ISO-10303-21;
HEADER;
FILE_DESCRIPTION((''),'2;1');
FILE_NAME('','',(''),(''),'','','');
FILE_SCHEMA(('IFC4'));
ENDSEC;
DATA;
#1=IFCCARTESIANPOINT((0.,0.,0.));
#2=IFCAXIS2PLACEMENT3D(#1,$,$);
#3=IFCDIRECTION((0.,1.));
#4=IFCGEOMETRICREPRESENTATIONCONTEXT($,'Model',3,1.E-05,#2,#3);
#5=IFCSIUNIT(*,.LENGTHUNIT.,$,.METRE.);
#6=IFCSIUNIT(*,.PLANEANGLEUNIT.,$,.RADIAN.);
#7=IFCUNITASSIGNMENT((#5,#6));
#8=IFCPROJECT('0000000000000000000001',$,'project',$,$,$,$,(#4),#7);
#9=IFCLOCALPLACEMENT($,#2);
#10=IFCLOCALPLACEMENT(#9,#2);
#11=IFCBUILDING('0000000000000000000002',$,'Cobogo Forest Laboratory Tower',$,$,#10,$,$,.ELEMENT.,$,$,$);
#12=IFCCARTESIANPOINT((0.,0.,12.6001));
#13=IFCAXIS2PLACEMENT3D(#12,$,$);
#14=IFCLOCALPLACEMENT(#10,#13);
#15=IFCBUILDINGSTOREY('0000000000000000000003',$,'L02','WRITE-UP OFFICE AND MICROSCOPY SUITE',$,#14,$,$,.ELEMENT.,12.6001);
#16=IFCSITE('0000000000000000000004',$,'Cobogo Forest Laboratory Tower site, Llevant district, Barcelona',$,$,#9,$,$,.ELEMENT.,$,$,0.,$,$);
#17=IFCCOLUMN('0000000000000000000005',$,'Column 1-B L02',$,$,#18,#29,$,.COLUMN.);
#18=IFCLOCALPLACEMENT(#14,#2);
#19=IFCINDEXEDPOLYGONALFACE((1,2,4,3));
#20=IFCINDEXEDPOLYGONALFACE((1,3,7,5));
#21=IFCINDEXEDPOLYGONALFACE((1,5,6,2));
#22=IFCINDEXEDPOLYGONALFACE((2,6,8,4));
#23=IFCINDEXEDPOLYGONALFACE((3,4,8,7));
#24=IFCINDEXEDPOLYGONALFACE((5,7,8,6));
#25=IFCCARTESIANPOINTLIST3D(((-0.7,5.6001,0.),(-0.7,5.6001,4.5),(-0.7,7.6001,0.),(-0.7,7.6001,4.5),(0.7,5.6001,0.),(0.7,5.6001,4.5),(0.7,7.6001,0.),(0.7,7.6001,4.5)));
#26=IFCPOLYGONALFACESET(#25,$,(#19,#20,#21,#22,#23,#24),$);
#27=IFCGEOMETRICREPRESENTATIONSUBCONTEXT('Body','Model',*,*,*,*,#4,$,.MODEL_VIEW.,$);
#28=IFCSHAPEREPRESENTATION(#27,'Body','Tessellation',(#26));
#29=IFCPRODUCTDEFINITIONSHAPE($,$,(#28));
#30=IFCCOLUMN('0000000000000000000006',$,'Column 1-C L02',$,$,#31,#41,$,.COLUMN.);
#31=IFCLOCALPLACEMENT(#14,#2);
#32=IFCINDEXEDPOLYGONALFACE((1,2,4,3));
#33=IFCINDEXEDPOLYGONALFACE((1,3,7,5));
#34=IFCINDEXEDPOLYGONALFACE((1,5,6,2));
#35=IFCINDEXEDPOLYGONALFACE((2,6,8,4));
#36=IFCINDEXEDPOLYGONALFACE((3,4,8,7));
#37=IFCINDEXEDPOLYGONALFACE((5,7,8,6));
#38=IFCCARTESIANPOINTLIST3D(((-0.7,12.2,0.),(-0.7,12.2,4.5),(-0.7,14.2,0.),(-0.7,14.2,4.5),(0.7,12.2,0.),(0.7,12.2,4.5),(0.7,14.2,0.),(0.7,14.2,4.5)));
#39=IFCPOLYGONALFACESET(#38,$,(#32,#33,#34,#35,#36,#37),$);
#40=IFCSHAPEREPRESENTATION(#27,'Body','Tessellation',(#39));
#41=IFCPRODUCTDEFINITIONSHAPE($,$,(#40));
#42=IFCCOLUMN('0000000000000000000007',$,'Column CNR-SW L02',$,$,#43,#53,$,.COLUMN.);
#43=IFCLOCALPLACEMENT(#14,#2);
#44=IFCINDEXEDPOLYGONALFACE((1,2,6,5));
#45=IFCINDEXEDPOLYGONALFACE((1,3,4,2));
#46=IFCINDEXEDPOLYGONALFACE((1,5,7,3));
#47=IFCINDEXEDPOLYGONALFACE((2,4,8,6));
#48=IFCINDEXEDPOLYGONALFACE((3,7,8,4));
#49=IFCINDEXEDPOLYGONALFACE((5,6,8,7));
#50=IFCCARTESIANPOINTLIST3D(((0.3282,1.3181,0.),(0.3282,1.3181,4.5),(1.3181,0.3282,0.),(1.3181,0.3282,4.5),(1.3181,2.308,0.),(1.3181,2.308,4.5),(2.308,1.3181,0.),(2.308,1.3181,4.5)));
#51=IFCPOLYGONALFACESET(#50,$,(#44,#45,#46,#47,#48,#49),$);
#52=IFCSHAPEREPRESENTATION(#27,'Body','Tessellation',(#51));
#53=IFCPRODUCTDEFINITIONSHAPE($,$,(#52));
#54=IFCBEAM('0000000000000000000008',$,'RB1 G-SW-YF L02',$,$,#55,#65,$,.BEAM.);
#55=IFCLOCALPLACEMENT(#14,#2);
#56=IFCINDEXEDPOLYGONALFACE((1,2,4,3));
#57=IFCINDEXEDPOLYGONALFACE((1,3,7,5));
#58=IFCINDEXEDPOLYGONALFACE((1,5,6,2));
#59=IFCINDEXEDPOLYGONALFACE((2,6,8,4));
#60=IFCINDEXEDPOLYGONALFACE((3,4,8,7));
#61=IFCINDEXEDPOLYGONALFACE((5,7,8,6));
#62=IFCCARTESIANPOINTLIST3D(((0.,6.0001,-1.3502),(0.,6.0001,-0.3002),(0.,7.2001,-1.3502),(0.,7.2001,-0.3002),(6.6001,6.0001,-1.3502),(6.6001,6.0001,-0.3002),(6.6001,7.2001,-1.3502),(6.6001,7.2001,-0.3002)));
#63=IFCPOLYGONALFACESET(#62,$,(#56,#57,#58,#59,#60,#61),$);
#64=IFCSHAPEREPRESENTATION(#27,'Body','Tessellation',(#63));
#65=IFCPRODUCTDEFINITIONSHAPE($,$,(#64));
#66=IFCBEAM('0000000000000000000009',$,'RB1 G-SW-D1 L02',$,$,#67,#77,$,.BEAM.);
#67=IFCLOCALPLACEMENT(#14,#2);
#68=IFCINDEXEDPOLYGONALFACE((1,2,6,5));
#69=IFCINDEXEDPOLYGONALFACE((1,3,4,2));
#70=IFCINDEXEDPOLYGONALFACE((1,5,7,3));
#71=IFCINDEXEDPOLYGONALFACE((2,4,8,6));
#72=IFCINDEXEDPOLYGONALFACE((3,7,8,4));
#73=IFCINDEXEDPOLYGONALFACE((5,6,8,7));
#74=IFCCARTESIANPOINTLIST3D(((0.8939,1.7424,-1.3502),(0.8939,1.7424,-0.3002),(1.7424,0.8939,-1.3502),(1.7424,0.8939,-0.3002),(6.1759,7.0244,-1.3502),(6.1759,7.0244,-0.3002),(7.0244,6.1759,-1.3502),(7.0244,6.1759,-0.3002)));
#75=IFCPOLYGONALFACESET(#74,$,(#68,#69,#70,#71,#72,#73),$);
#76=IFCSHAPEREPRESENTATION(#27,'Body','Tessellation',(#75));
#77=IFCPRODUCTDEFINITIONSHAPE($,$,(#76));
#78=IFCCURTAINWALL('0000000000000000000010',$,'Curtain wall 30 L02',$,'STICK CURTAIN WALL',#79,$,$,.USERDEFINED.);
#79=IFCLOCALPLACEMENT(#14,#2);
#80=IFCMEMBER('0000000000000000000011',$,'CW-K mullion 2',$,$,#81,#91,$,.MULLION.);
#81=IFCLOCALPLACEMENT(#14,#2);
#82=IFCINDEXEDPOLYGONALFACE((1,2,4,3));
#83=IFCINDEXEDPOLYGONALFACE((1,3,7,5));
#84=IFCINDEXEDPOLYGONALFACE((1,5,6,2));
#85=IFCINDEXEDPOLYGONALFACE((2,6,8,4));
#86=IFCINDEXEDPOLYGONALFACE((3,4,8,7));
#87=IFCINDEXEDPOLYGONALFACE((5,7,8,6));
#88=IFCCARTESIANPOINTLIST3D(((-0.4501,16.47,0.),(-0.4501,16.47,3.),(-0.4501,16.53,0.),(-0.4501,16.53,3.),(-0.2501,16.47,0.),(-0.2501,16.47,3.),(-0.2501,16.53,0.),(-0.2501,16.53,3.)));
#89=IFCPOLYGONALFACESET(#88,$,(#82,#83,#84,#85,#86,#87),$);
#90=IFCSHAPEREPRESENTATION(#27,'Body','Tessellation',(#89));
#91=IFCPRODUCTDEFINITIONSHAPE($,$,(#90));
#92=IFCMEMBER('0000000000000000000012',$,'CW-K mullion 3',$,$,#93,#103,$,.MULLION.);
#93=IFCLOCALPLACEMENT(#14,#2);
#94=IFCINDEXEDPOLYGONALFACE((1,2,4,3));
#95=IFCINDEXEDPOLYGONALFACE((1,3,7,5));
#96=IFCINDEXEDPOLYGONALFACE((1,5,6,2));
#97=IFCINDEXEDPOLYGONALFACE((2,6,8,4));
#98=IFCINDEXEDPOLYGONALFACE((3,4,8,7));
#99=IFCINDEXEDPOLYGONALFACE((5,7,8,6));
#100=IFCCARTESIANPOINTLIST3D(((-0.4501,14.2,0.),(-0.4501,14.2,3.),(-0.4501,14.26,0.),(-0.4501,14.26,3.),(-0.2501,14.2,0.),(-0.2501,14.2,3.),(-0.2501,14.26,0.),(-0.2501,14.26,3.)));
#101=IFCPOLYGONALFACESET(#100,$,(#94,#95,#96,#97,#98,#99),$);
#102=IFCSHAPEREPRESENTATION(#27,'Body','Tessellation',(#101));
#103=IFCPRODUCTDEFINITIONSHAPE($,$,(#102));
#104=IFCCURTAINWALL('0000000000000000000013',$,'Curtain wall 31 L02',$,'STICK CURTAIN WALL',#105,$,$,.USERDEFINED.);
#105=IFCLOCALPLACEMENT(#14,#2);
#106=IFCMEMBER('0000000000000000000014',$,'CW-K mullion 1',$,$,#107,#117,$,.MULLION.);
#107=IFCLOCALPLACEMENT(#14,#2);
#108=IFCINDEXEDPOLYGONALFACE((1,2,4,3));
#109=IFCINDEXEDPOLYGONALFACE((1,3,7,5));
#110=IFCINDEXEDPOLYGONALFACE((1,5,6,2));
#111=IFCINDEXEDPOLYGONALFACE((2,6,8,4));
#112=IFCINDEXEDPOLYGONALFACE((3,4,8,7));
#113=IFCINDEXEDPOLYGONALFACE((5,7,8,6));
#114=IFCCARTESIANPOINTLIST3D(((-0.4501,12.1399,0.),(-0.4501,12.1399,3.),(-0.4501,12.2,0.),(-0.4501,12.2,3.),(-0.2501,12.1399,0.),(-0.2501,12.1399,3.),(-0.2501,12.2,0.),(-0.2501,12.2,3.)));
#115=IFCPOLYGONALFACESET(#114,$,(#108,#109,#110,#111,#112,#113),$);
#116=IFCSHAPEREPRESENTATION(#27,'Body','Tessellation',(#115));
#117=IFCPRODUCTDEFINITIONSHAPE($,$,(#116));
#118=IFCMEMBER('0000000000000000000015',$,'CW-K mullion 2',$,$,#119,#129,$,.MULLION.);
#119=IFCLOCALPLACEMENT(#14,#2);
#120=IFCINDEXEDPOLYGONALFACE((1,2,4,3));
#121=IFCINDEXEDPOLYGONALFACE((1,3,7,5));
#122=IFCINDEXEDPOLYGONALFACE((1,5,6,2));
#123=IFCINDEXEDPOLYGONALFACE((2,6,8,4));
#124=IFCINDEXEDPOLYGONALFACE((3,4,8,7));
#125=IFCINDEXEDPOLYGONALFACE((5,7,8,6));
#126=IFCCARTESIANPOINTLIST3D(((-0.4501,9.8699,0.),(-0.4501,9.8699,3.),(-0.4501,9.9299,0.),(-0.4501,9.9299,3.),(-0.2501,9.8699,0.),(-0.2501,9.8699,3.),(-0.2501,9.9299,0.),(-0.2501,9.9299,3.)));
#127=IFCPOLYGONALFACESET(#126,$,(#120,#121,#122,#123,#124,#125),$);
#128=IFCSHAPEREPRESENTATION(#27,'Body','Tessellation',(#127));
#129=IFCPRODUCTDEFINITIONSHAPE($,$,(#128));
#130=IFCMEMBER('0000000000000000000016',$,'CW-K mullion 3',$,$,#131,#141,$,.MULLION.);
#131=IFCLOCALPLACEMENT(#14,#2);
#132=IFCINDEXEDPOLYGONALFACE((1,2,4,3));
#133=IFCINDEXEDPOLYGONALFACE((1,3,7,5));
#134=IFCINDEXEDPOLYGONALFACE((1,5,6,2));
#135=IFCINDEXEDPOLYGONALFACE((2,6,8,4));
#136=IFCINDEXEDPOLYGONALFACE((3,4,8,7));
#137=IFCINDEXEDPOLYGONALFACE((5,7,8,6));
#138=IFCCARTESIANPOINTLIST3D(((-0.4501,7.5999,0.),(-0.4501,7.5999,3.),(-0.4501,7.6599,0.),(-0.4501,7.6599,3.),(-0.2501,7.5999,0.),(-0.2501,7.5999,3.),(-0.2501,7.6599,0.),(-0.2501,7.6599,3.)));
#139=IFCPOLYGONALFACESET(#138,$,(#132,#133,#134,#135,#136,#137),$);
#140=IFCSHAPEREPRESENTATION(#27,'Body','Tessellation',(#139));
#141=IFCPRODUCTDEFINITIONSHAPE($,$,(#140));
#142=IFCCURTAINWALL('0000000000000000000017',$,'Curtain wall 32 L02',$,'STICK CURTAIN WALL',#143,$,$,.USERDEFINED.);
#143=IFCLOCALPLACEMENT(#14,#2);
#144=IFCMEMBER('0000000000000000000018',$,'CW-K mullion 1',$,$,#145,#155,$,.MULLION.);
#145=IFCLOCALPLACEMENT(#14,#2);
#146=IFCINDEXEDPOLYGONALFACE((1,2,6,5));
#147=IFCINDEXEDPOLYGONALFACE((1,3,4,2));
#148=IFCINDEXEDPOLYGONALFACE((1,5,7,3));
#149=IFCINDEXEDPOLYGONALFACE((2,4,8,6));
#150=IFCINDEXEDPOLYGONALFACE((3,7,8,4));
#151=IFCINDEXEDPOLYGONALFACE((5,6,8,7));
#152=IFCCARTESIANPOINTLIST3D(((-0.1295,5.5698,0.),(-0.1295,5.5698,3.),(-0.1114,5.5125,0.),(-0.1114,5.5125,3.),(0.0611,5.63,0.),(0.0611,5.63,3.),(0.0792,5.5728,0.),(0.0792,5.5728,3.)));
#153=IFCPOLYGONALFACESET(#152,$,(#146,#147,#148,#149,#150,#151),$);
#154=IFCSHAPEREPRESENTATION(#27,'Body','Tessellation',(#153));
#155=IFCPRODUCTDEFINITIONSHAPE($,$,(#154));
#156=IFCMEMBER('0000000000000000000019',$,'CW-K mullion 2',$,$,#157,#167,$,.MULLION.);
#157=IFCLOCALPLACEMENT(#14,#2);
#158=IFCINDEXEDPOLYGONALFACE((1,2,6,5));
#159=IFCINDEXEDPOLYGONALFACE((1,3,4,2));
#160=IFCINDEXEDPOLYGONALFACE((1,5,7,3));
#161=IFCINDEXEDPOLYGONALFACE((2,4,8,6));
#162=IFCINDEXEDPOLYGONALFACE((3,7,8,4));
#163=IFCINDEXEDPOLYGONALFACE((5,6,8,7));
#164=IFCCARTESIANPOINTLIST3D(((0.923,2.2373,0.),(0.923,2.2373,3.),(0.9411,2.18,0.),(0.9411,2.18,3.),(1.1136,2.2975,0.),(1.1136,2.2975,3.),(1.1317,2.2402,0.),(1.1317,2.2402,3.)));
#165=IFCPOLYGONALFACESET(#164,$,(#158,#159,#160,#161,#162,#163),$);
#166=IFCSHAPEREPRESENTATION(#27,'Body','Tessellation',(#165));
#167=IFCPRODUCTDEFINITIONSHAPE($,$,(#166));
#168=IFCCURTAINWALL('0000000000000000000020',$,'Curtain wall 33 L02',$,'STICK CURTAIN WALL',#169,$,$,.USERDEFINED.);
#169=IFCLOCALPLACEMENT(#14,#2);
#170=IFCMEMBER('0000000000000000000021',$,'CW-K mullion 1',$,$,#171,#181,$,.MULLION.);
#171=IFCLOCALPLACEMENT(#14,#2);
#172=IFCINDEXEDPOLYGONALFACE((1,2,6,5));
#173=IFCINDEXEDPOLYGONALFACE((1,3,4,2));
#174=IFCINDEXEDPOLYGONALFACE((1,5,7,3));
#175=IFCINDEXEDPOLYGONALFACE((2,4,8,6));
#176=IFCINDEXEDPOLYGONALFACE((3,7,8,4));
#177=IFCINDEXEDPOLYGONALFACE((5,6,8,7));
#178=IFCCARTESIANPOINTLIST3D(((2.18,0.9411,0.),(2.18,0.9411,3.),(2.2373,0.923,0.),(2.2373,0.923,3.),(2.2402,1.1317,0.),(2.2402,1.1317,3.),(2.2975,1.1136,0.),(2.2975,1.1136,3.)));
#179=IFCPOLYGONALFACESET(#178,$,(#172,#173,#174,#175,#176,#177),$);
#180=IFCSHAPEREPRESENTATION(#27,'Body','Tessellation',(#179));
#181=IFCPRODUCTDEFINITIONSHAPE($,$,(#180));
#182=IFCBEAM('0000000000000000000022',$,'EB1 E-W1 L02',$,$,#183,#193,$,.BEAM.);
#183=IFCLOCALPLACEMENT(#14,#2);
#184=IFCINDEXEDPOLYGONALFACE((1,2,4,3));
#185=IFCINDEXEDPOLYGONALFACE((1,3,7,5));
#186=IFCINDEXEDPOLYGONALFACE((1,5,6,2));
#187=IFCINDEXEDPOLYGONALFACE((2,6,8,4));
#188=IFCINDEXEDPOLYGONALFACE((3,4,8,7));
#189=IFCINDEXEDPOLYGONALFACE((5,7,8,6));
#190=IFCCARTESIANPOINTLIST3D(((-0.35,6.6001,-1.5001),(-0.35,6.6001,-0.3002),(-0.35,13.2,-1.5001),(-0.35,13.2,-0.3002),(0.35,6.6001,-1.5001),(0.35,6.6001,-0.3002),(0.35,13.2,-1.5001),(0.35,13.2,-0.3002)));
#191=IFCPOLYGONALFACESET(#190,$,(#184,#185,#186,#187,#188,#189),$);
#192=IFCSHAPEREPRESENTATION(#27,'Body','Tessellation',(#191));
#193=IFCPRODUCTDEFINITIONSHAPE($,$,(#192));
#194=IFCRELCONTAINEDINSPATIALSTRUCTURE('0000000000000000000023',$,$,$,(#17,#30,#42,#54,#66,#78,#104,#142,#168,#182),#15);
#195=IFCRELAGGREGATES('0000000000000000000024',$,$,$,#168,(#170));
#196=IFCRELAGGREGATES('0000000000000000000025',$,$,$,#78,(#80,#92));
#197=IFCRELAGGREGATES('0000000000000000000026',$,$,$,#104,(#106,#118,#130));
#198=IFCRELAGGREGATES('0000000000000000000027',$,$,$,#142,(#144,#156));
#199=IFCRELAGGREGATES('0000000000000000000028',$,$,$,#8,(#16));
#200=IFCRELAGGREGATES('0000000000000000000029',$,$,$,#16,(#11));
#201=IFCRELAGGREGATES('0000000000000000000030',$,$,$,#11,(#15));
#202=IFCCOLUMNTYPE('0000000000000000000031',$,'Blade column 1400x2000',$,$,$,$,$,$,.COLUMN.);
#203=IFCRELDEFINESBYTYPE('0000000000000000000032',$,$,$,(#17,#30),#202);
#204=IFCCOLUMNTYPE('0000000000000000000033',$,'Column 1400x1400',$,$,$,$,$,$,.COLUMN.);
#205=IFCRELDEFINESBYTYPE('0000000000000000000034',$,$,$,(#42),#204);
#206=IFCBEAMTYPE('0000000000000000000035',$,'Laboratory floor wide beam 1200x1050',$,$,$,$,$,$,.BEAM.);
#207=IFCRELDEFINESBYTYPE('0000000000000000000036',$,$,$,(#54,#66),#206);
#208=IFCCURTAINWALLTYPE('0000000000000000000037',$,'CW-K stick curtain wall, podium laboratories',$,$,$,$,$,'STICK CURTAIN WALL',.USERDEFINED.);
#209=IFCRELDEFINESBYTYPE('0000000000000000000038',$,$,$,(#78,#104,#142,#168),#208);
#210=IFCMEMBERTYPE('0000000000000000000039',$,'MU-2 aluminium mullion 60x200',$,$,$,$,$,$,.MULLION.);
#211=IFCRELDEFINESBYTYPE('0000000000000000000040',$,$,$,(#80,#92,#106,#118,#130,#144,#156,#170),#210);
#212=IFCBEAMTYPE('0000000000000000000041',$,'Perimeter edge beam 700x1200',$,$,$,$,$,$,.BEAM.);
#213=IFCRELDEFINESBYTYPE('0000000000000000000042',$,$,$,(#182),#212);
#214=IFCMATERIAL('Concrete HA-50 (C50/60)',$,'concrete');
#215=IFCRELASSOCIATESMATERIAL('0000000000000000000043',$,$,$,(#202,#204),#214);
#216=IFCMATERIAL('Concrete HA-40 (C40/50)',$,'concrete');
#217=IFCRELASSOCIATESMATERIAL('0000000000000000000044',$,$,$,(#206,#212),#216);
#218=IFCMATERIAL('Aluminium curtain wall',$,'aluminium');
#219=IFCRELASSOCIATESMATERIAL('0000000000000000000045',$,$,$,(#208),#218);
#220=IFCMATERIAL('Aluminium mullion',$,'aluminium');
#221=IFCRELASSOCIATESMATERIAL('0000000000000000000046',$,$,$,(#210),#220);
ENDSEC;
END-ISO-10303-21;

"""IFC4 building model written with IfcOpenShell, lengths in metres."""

from ifc_helpers import new_model, si_unit, direction, frame, origin, origin_2d, place, context, subcontext, project, spatial, rectangle, extrude, material, material_profile, profile_set, type_object, element, aggregate, save


model = new_model("IFC4")

# Units and contexts
model_context = context("Model", 3, precision=1e-05, world=origin(), true_north=direction((0.0, 1.0)))
body_context = subcontext(model_context, "Body", "Model", "MODEL_VIEW")
ifc_project = project(units=[si_unit("LENGTHUNIT", "METRE"), si_unit("PLANEANGLEUNIT", "RADIAN")], contexts=[model_context])

# Site, building, storey
site_placement = place(None, origin())
site = spatial("IfcSite", under=ifc_project, at=site_placement, Name="Cobogo Forest Laboratory Tower site, Llevant district, Barcelona", CompositionType="ELEMENT", RefElevation=0.0)
building_placement = place(site_placement, origin())
building = spatial("IfcBuilding", under=site, at=building_placement, Name="Cobogo Forest Laboratory Tower", CompositionType="ELEMENT")
storey_placement = place(building_placement, frame((0.0, 0.0, 12.6001)))
storey = spatial("IfcBuildingStorey", under=building, at=storey_placement, Name="L02", Description="WRITE-UP OFFICE AND MICROSCOPY SUITE", CompositionType="ELEMENT", Elevation=12.6001)

# Columns
ifc_material_1 = material(Name="Concrete HA-50 (C50/60)", Category="concrete")
ifc_material_profile_1 = material_profile(ifc_material_1, rectangle(XDim=2.0, YDim=1.3999, at=origin_2d()), Name="RC 1400x2000")
ifc_profile_set_1 = profile_set([ifc_material_profile_1], Name="Concrete HA-50 (C50/60)")
column_type_1 = type_object("IfcColumnType", Name="Blade column 1400x2000", PredefinedType="COLUMN", material=ifc_profile_set_1)
for number, where, z_axis, x_axis, name in (
    (1, (0.0, 6.6001, 0.0), (0.0, 0.0, 1.0), (0.0, 1.0, 0.0), "Column 1-B L02"),
    (2, (0.0, 13.2, 0.0), (0.0, 0.0, 1.0), (0.0, 1.0, 0.0), "Column 1-C L02"),
):
    element("IfcColumn", number, at=place(storey_placement, frame(where, z_axis=z_axis, x_axis=x_axis)), inside=storey, type_object=column_type_1, Name=name, PredefinedType="COLUMN", context=body_context, shape_type="SweptSolid", body=[
        extrude(rectangle(XDim=2.0, YDim=1.3999, at=origin_2d()), origin(), (0.0, 0.0, 1.0), 4.5),
    ])
ifc_material_profile_2 = material_profile(ifc_material_1, rectangle(XDim=1.3999, YDim=1.3999, at=origin_2d()), Name="RC 1400x1400")
ifc_profile_set_2 = profile_set([ifc_material_profile_2], Name="Concrete HA-50 (C50/60)")
column_type_2 = type_object("IfcColumnType", Name="Column 1400x1400", PredefinedType="COLUMN", material=ifc_profile_set_2)
column_placement = place(storey_placement, frame((1.3181, 1.3181, 0.0), z_axis=(0.0, 0.0, 1.0), x_axis=(0.707107, 0.707107, 0.0)))
element("IfcColumn", 3, at=column_placement, inside=storey, type_object=column_type_2, Name="Column CNR-SW L02", PredefinedType="COLUMN", context=body_context, shape_type="SweptSolid", body=[
    extrude(rectangle(XDim=1.3999, YDim=1.3999, at=origin_2d()), origin(), (0.0, 0.0, 1.0), 4.5),
])

# Beams
ifc_material_2 = material(Name="Concrete HA-40 (C40/50)", Category="concrete")
ifc_material_profile_3 = material_profile(ifc_material_2, rectangle(XDim=1.2, YDim=1.05, at=origin_2d()), Name="RC 1200x1050")
ifc_profile_set_3 = profile_set([ifc_material_profile_3], Name="Concrete HA-40 (C40/50)")
beam_type_1 = type_object("IfcBeamType", Name="Laboratory floor wide beam 1200x1050", PredefinedType="BEAM", material=ifc_profile_set_3)
beam_1_placement = place(storey_placement, frame((0.0, 6.6001, -0.8252), z_axis=(1.0, 0.0, 0.0), x_axis=(0.0, 1.0, 0.0)))
element("IfcBeam", 4, at=beam_1_placement, inside=storey, type_object=beam_type_1, Name="RB1 G-SW-YF L02", PredefinedType="BEAM", context=body_context, shape_type="SweptSolid", body=[
    extrude(rectangle(XDim=1.2, YDim=1.05, at=origin_2d()), origin(), (0.0, 0.0, 1.0), 6.6001),
])
beam_2_placement = place(storey_placement, frame((1.3181, 1.3181, -0.8252), z_axis=(0.707107, 0.707107, 0.0), x_axis=(-0.707107, 0.707107, 0.0)))
element("IfcBeam", 5, at=beam_2_placement, inside=storey, type_object=beam_type_1, Name="RB1 G-SW-D1 L02", PredefinedType="BEAM", context=body_context, shape_type="SweptSolid", body=[
    extrude(rectangle(XDim=1.2, YDim=1.05, at=origin_2d()), origin(), (0.0, 0.0, 1.0), 7.47),
])

# Curtain walls, members
ifc_material_3 = material(Name="Aluminium curtain wall", Category="aluminium")
curtain_wall_type = type_object("IfcCurtainWallType", Name="CW-K stick curtain wall, podium laboratories", ElementType="STICK CURTAIN WALL", PredefinedType="USERDEFINED", material=ifc_material_3)
curtain_wall_1_placement = place(storey_placement, origin())
curtain_wall_1 = element("IfcCurtainWall", 6, at=curtain_wall_1_placement, inside=storey, type_object=curtain_wall_type, Name="Curtain wall 30 L02", ObjectType="STICK CURTAIN WALL", PredefinedType="USERDEFINED")
ifc_material_4 = material(Name="Aluminium mullion", Category="aluminium")
ifc_material_profile_4 = material_profile(ifc_material_4, rectangle(XDim=0.0601, YDim=0.2, at=origin_2d()), Name="AL 60x200")
ifc_profile_set_4 = profile_set([ifc_material_profile_4], Name="Aluminium mullion")
member_type_1 = type_object("IfcMemberType", Name="MU-2 aluminium mullion 60x200", PredefinedType="MULLION", material=ifc_profile_set_4)
member_1_placement = place(storey_placement, frame((-0.3501, 16.5, 0.0), z_axis=(0.0, 0.0, 1.0), x_axis=(0.0, -1.0, 0.0)))
member_1 = element("IfcMember", 7, at=member_1_placement, type_object=member_type_1, Name="CW-K mullion 2", PredefinedType="MULLION", context=body_context, shape_type="SweptSolid", body=[
    extrude(rectangle(XDim=0.0601, YDim=0.2, at=origin_2d()), origin(), (0.0, 0.0, 1.0), 3.0),
])
member_2_placement = place(storey_placement, frame((-0.3501, 14.23, 0.0), z_axis=(0.0, 0.0, 1.0), x_axis=(0.0, -1.0, 0.0)))
member_2 = element("IfcMember", 8, at=member_2_placement, type_object=member_type_1, Name="CW-K mullion 3", PredefinedType="MULLION", context=body_context, shape_type="SweptSolid", body=[
    extrude(rectangle(XDim=0.0601, YDim=0.2, at=origin_2d()), origin(), (0.0, 0.0, 1.0), 3.0),
])
curtain_wall_2_placement = place(storey_placement, origin())
curtain_wall_2 = element("IfcCurtainWall", 9, at=curtain_wall_2_placement, inside=storey, type_object=curtain_wall_type, Name="Curtain wall 31 L02", ObjectType="STICK CURTAIN WALL", PredefinedType="USERDEFINED")
member_3_placement = place(storey_placement, frame((-0.3501, 12.1699, 0.0), z_axis=(0.0, 0.0, 1.0), x_axis=(0.0, -1.0, 0.0)))
member_3 = element("IfcMember", 10, at=member_3_placement, type_object=member_type_1, Name="CW-K mullion 1", PredefinedType="MULLION", context=body_context, shape_type="SweptSolid", body=[
    extrude(rectangle(XDim=0.0601, YDim=0.2, at=origin_2d()), origin(), (0.0, 0.0, 1.0), 3.0),
])
member_4_placement = place(storey_placement, frame((-0.3501, 9.8999, 0.0), z_axis=(0.0, 0.0, 1.0), x_axis=(0.0, -1.0, 0.0)))
member_4 = element("IfcMember", 11, at=member_4_placement, type_object=member_type_1, Name="CW-K mullion 2", PredefinedType="MULLION", context=body_context, shape_type="SweptSolid", body=[
    extrude(rectangle(XDim=0.0601, YDim=0.2, at=origin_2d()), origin(), (0.0, 0.0, 1.0), 3.0),
])
member_5_placement = place(storey_placement, frame((-0.3501, 7.6299, 0.0), z_axis=(0.0, 0.0, 1.0), x_axis=(0.0, -1.0, 0.0)))
member_5 = element("IfcMember", 12, at=member_5_placement, type_object=member_type_1, Name="CW-K mullion 3", PredefinedType="MULLION", context=body_context, shape_type="SweptSolid", body=[
    extrude(rectangle(XDim=0.0601, YDim=0.2, at=origin_2d()), origin(), (0.0, 0.0, 1.0), 3.0),
])
curtain_wall_3_placement = place(storey_placement, origin())
curtain_wall_3 = element("IfcCurtainWall", 13, at=curtain_wall_3_placement, inside=storey, type_object=curtain_wall_type, Name="Curtain wall 32 L02", ObjectType="STICK CURTAIN WALL", PredefinedType="USERDEFINED")
member_6_placement = place(storey_placement, frame((-0.0251, 5.5713, 0.0), z_axis=(0.0, 0.0, 1.0), x_axis=(0.301135, -0.953581, 0.0)))
member_6 = element("IfcMember", 14, at=member_6_placement, type_object=member_type_1, Name="CW-K mullion 1", PredefinedType="MULLION", context=body_context, shape_type="SweptSolid", body=[
    extrude(rectangle(XDim=0.0601, YDim=0.2, at=origin_2d()), origin(), (0.0, 0.0, 1.0), 3.0),
])
member_7_placement = place(storey_placement, frame((1.0273, 2.2388, 0.0), z_axis=(0.0, 0.0, 1.0), x_axis=(0.301135, -0.953581, 0.0)))
member_7 = element("IfcMember", 15, at=member_7_placement, type_object=member_type_1, Name="CW-K mullion 2", PredefinedType="MULLION", context=body_context, shape_type="SweptSolid", body=[
    extrude(rectangle(XDim=0.0601, YDim=0.2, at=origin_2d()), origin(), (0.0, 0.0, 1.0), 3.0),
])

# Curtain wall, member
curtain_wall_4_placement = place(storey_placement, origin())
curtain_wall_4 = element("IfcCurtainWall", 16, at=curtain_wall_4_placement, inside=storey, type_object=curtain_wall_type, Name="Curtain wall 33 L02", ObjectType="STICK CURTAIN WALL", PredefinedType="USERDEFINED")
member_8_placement = place(storey_placement, frame((2.2388, 1.0273, 0.0), z_axis=(0.0, 0.0, 1.0), x_axis=(0.953581, -0.301135, 0.0)))
member_8 = element("IfcMember", 17, at=member_8_placement, type_object=member_type_1, Name="CW-K mullion 1", PredefinedType="MULLION", context=body_context, shape_type="SweptSolid", body=[
    extrude(rectangle(XDim=0.0601, YDim=0.2, at=origin_2d()), origin(), (0.0, 0.0, 1.0), 3.0),
])
aggregate(curtain_wall_4, [member_8])

# Beam
ifc_material_profile_5 = material_profile(ifc_material_2, rectangle(XDim=0.7, YDim=1.2, at=origin_2d()), Name="RC 700x1200")
ifc_profile_set_5 = profile_set([ifc_material_profile_5], Name="Concrete HA-40 (C40/50)")
beam_type_2 = type_object("IfcBeamType", Name="Perimeter edge beam 700x1200", PredefinedType="BEAM", material=ifc_profile_set_5)
beam_3_placement = place(storey_placement, frame((0.0, 6.6001, -0.9001), z_axis=(0.0, 1.0, 0.0), x_axis=(-1.0, 0.0, 0.0)))
element("IfcBeam", 18, at=beam_3_placement, inside=storey, type_object=beam_type_2, Name="EB1 E-W1 L02", PredefinedType="BEAM", context=body_context, shape_type="SweptSolid", body=[
    extrude(rectangle(XDim=0.7, YDim=1.2, at=origin_2d()), origin(), (0.0, 0.0, 1.0), 6.5999),
])

aggregate(curtain_wall_1, [member_1, member_2])
aggregate(curtain_wall_2, [member_3, member_4, member_5])
aggregate(curtain_wall_3, [member_6, member_7])

save(model, "model.ifc")
